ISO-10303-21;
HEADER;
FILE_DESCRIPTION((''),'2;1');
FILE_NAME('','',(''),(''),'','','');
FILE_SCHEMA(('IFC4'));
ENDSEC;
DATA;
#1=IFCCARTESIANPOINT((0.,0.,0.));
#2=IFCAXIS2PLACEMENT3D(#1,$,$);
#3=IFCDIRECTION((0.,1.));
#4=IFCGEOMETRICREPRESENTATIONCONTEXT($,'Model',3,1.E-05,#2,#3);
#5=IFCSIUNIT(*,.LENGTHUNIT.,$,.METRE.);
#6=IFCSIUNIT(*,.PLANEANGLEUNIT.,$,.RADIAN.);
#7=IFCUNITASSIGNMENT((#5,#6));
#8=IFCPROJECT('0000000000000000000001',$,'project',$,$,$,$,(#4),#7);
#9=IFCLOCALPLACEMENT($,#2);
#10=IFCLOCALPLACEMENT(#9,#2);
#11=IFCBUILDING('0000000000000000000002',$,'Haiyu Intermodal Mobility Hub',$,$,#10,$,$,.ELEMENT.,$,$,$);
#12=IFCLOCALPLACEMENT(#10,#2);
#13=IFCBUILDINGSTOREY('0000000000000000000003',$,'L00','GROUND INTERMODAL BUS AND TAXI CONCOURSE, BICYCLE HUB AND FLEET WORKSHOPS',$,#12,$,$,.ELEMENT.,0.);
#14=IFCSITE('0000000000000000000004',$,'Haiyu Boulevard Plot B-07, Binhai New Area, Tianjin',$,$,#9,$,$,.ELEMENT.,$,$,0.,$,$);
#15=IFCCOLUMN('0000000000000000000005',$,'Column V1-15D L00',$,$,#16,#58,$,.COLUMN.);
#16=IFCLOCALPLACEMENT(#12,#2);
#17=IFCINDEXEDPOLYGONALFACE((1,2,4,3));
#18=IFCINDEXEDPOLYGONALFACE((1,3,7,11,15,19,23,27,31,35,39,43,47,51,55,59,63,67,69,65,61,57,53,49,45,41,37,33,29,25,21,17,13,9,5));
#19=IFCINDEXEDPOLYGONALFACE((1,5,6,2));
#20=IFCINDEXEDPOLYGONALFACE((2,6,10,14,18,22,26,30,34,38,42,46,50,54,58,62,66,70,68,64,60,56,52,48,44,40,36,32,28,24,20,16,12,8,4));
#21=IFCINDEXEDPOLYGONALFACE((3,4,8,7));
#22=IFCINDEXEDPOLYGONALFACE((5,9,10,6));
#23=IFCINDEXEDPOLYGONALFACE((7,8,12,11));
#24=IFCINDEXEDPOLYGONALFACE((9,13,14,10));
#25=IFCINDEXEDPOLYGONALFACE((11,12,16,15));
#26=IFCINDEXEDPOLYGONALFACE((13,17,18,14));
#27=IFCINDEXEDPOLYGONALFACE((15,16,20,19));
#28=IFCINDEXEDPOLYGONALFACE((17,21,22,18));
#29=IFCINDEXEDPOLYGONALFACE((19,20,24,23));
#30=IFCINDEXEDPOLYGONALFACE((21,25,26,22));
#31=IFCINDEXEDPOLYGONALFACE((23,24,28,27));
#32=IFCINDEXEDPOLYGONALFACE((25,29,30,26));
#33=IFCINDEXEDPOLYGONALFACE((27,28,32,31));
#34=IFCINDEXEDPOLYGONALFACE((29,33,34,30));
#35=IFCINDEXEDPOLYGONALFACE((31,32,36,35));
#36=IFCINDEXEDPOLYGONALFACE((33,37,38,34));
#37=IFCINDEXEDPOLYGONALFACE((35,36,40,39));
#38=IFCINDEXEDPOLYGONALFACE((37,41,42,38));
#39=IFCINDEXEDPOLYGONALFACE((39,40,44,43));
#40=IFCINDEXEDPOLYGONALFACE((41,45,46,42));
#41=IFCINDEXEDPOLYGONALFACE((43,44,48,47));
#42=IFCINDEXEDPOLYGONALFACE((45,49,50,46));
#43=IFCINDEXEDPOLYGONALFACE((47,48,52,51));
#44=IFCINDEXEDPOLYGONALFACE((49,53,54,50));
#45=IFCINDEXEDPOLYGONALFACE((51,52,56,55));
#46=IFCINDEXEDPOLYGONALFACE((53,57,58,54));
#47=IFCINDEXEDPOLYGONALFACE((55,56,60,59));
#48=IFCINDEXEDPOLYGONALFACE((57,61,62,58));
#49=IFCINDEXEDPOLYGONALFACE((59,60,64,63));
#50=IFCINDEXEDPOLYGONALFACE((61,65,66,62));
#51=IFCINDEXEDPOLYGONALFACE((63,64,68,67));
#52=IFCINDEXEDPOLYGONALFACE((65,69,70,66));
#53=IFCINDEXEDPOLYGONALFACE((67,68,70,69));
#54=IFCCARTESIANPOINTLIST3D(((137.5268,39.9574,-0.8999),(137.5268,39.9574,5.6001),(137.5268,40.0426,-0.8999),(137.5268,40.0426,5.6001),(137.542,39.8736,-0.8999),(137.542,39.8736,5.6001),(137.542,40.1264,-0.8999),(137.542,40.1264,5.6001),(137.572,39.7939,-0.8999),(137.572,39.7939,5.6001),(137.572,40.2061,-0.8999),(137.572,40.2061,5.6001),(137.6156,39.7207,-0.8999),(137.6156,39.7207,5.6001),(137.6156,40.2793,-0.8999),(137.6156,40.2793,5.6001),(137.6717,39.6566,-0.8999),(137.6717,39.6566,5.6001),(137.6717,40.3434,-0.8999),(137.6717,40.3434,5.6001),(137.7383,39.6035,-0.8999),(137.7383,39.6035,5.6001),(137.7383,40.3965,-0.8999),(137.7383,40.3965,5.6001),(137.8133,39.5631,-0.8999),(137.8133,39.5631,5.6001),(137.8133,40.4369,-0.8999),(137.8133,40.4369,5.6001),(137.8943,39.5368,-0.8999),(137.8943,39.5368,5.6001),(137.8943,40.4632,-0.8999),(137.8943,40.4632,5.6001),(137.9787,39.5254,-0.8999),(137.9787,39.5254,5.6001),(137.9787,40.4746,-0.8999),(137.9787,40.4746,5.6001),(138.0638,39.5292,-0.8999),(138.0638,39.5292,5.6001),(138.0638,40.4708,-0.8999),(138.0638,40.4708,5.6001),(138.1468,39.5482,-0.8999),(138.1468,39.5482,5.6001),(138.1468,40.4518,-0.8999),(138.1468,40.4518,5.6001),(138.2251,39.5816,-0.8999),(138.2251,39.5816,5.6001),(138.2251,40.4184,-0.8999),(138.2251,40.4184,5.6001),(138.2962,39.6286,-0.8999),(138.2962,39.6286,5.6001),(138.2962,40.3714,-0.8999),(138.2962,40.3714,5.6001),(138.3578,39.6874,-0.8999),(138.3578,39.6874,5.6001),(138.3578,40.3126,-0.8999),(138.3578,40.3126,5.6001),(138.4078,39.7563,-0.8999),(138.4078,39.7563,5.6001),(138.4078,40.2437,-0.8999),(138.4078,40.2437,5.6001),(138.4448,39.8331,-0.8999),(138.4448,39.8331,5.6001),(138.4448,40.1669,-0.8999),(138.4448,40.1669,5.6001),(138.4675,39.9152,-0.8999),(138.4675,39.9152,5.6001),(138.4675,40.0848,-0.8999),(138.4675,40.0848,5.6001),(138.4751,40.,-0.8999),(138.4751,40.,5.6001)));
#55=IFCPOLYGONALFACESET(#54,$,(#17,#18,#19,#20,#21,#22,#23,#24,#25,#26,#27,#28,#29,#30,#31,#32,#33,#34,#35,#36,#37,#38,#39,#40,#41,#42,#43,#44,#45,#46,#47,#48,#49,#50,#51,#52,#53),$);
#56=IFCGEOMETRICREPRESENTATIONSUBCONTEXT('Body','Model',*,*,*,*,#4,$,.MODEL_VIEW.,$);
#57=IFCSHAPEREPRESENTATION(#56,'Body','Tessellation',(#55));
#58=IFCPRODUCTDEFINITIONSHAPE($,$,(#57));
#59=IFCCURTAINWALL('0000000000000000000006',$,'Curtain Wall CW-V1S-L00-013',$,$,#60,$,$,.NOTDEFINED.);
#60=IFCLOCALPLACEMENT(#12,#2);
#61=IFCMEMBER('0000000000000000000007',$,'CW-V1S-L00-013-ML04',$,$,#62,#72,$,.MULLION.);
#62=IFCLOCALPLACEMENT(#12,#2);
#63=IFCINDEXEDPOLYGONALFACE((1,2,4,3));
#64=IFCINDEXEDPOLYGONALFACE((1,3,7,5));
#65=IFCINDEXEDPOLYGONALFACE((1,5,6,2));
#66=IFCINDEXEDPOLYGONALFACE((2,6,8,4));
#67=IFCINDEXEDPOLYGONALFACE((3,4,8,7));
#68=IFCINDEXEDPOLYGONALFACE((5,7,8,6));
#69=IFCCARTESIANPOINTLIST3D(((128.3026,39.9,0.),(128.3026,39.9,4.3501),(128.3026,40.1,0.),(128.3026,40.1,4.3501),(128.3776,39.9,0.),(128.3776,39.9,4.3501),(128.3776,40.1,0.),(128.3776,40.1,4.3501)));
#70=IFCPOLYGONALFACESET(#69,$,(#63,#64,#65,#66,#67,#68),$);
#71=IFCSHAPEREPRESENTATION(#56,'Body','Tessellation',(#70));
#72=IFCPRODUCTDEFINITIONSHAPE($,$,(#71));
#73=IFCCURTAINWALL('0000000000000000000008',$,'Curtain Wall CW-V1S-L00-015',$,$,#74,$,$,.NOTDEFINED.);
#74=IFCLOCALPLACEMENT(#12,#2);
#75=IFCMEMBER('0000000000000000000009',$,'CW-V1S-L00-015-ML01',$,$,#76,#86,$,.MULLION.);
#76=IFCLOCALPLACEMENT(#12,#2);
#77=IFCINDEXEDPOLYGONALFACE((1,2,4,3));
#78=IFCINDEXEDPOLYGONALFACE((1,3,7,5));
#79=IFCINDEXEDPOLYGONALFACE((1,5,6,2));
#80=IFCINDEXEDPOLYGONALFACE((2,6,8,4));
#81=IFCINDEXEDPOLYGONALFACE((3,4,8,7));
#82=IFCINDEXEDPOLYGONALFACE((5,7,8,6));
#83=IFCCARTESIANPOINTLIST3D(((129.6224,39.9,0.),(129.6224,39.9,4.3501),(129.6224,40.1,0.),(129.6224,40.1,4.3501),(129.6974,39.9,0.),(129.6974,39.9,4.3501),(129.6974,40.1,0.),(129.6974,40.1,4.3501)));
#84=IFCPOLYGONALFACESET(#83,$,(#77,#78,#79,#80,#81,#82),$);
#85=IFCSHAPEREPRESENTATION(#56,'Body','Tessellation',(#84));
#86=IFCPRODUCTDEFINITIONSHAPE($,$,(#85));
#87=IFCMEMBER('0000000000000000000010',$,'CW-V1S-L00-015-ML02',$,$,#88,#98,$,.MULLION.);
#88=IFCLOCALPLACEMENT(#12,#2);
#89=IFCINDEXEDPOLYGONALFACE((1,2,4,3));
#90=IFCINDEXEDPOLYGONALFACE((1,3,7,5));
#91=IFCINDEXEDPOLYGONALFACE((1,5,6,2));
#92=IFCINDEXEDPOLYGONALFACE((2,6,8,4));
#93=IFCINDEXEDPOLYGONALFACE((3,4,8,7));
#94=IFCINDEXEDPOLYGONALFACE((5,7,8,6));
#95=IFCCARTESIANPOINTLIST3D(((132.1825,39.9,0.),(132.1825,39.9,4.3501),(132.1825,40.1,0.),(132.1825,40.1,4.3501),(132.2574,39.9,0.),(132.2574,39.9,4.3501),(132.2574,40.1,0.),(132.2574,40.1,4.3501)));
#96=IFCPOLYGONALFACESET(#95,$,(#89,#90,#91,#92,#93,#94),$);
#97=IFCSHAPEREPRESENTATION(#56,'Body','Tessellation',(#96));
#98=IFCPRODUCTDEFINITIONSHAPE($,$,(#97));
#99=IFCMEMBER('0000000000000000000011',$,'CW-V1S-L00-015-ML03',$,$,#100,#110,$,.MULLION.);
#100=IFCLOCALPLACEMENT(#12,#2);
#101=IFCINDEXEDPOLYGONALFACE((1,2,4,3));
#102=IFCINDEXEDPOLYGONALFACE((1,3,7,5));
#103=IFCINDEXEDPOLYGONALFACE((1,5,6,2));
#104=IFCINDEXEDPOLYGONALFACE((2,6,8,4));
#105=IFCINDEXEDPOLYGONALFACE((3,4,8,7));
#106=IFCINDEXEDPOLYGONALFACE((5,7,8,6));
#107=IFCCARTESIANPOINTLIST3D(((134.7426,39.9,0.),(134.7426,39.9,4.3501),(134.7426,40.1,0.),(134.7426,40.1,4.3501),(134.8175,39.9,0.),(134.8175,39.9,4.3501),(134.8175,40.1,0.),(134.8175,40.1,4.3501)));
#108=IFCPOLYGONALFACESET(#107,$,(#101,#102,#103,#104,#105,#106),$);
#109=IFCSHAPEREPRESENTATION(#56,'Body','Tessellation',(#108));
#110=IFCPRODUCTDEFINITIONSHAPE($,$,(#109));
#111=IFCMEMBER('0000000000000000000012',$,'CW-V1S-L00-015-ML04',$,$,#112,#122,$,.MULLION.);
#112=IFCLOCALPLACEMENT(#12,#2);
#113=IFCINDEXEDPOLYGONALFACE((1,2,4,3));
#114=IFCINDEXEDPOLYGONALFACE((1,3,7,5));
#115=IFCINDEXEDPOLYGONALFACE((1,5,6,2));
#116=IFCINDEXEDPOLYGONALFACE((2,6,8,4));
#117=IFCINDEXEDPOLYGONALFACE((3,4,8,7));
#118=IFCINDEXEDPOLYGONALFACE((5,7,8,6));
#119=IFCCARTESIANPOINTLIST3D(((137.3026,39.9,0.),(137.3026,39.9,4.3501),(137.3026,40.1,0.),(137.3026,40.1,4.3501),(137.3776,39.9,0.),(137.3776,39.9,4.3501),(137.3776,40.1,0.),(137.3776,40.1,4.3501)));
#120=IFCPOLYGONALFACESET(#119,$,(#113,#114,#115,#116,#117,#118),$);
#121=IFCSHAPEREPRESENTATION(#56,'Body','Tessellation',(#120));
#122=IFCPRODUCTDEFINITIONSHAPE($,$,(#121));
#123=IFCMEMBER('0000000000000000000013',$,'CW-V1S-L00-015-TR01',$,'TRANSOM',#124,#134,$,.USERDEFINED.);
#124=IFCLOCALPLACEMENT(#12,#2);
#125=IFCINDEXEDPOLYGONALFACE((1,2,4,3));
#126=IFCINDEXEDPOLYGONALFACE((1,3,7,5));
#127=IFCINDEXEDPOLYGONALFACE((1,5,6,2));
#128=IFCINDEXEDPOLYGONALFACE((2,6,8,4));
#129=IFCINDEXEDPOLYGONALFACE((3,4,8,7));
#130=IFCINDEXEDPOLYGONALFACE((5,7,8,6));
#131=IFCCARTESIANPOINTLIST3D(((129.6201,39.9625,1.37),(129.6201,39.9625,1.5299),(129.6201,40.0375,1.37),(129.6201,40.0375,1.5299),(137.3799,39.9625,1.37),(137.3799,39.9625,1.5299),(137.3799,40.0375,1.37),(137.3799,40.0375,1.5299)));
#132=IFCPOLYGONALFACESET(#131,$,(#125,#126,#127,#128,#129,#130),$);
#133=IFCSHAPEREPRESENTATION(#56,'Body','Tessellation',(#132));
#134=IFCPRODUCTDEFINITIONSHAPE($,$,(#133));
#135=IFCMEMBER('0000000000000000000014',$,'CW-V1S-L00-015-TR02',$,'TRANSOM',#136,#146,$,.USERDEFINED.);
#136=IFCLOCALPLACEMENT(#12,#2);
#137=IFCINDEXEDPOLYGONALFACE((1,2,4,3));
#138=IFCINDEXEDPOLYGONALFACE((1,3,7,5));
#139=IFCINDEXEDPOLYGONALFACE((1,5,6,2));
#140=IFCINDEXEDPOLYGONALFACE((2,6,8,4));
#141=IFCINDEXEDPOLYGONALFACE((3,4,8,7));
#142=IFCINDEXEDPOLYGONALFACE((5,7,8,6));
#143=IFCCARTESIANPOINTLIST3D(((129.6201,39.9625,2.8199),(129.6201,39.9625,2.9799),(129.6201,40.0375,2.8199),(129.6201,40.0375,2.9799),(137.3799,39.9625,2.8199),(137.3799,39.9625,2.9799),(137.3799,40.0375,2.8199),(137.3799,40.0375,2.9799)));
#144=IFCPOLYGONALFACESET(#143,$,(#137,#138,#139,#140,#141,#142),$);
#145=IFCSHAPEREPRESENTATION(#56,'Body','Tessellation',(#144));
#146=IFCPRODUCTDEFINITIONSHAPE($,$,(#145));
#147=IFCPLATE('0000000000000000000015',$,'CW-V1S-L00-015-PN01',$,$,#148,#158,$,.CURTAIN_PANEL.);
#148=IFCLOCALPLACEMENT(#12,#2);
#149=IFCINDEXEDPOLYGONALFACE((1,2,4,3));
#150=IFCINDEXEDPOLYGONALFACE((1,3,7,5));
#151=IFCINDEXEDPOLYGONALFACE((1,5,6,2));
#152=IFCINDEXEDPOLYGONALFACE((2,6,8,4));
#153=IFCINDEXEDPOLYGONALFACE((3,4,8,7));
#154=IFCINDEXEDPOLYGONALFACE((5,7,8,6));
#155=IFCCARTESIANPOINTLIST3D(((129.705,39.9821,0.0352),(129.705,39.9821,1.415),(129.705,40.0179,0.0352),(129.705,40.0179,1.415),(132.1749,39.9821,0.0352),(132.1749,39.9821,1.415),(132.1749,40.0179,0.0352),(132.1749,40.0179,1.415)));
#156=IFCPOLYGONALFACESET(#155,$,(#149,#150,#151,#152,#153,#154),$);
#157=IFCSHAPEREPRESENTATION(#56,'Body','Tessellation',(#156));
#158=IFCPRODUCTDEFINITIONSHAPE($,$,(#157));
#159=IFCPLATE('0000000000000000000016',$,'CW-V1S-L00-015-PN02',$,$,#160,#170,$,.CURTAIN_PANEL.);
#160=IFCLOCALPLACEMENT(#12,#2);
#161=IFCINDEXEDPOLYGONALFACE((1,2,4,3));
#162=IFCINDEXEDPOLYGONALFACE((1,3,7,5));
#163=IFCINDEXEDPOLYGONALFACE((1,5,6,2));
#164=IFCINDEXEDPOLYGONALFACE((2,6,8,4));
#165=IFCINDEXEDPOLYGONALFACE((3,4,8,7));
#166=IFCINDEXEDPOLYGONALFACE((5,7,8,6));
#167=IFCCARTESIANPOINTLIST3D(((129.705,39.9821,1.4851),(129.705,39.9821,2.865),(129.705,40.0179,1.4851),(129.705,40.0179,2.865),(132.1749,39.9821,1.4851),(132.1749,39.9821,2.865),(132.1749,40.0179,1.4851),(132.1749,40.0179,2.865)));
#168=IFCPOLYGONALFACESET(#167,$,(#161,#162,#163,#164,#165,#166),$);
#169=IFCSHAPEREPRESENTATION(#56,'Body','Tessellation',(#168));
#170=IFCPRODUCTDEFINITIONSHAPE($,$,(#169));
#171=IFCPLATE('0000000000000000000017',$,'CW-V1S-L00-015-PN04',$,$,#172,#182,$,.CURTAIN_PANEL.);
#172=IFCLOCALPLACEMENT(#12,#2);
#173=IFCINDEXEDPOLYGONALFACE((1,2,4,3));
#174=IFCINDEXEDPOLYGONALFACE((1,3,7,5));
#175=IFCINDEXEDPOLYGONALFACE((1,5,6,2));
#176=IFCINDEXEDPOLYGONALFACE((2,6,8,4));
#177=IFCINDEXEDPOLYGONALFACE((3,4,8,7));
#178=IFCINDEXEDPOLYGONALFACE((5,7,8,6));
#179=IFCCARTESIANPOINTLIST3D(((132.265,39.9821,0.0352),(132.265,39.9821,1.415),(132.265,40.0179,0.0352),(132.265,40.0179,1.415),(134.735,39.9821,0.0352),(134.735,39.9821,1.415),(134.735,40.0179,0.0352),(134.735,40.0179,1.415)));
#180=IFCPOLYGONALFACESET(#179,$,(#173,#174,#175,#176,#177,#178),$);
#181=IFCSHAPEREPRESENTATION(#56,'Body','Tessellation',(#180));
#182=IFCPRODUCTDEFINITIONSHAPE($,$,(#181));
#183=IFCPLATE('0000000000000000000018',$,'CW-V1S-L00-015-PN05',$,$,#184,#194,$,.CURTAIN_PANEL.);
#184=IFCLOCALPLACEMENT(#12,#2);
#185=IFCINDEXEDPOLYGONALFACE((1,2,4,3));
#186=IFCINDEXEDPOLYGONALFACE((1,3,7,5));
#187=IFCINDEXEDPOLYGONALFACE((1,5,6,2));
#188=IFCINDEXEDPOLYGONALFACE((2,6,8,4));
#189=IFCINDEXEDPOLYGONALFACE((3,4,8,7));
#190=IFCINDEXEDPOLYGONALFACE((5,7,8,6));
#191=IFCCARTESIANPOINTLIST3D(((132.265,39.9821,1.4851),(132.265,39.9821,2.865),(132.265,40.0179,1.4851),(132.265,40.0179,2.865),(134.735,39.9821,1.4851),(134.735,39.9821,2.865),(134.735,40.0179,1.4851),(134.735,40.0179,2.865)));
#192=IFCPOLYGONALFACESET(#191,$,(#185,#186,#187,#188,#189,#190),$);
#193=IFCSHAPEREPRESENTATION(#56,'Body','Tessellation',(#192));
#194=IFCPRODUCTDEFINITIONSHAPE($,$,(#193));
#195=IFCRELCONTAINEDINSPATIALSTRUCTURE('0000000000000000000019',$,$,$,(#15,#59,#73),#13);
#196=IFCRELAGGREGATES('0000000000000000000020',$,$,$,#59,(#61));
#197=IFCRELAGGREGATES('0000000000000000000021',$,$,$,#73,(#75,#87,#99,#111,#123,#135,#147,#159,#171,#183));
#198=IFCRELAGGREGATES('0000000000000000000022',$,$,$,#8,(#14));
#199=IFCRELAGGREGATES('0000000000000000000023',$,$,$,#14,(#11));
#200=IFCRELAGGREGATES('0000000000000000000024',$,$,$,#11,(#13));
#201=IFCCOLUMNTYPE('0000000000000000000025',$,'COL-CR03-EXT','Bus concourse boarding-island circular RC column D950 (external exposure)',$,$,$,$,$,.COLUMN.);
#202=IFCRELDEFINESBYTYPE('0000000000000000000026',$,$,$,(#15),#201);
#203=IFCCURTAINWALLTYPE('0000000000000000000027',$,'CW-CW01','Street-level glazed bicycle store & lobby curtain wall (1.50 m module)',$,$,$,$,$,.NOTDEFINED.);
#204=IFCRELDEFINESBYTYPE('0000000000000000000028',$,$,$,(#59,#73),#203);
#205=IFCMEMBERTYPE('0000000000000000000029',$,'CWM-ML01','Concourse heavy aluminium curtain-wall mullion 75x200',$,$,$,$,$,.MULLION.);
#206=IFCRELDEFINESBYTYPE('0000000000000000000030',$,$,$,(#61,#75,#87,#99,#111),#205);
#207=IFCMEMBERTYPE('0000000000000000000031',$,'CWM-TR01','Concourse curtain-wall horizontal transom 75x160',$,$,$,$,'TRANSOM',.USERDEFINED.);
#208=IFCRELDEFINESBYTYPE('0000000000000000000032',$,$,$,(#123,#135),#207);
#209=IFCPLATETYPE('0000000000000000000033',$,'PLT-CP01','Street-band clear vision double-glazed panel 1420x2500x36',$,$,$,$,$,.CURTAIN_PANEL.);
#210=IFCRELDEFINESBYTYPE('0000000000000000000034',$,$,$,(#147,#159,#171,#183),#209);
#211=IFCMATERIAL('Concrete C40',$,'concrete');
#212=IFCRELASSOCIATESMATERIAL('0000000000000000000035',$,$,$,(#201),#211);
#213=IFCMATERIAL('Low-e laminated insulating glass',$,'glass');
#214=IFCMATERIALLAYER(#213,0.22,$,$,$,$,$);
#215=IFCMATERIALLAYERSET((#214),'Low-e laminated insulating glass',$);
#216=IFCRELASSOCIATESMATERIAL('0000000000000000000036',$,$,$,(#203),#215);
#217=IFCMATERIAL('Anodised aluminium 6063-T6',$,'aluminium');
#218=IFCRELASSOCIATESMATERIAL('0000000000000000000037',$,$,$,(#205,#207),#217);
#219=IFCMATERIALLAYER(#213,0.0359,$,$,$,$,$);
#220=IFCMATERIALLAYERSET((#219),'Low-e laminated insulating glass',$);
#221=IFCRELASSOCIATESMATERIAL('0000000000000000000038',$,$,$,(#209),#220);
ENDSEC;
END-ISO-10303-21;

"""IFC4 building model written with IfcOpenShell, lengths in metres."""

from ifc_helpers import new_model, si_unit, direction, frame, origin, origin_2d, place, context, subcontext, project, spatial, rectangle, circle, extrude, material, layer, layer_set, material_profile, profile_set, type_object, element, aggregate, save


model = new_model("IFC4")

# Units and contexts
model_context = context("Model", 3, precision=1e-05, world=origin(), true_north=direction((0.0, 1.0)))
body_context = subcontext(model_context, "Body", "Model", "MODEL_VIEW")
ifc_project = project(units=[si_unit("LENGTHUNIT", "METRE"), si_unit("PLANEANGLEUNIT", "RADIAN")], contexts=[model_context])

# Site, building, storey
site_placement = place(None, origin())
site = spatial("IfcSite", under=ifc_project, at=site_placement, Name="Haiyu Boulevard Plot B-07, Binhai New Area, Tianjin", CompositionType="ELEMENT", RefElevation=0.0)
building_placement = place(site_placement, origin())
building = spatial("IfcBuilding", under=site, at=building_placement, Name="Haiyu Intermodal Mobility Hub", CompositionType="ELEMENT")
storey_placement = place(building_placement, origin())
storey = spatial("IfcBuildingStorey", under=building, at=storey_placement, Name="L00", Description="GROUND INTERMODAL BUS AND TAXI CONCOURSE, BICYCLE HUB AND FLEET WORKSHOPS", CompositionType="ELEMENT", Elevation=0.0)

# Shared definitions
ifc_material_1 = material(Name="Concrete C40", Category="concrete")

# Column
ifc_material_profile_1 = material_profile(ifc_material_1, circle(Radius=0.4751, at=origin_2d()), Name="RCCOL-D950")
ifc_profile_set_1 = profile_set([ifc_material_profile_1], Name="Concrete C40")
column_type = type_object("IfcColumnType", Name="COL-CR03-EXT", Description="Bus concourse boarding-island circular RC column D950 (external exposure)", PredefinedType="COLUMN", material=ifc_profile_set_1)
for number, where, z_axis, x_axis, name in (
    (1, (138.0, 40.0, -0.8999), (0.0, 0.0, 1.0), (1.0, 0.0, 0.0), "Column V1-15D L00"),
):
    element("IfcColumn", number, at=place(storey_placement, frame(where, z_axis=z_axis, x_axis=x_axis)), inside=storey, type_object=column_type, Name=name, PredefinedType="COLUMN", context=body_context, shape_type="SweptSolid", body=[
        extrude(circle(Radius=0.4751, at=origin_2d()), origin(), (0.0, 0.0, 1.0), 6.5),
    ])

# Curtain wall, member
ifc_material_2 = material(Name="Low-e laminated insulating glass", Category="glass")
ifc_layer_1 = layer(ifc_material_2, 0.22)
ifc_layer_set_1 = layer_set([ifc_layer_1], Name="Low-e laminated insulating glass")
curtain_wall_type = type_object("IfcCurtainWallType", Name="CW-CW01", Description="Street-level glazed bicycle store & lobby curtain wall (1.50 m module)", PredefinedType="NOTDEFINED", material=ifc_layer_set_1)
curtain_wall_1_placement = place(storey_placement, origin())
curtain_wall_1 = element("IfcCurtainWall", 2, at=curtain_wall_1_placement, inside=storey, type_object=curtain_wall_type, Name="Curtain Wall CW-V1S-L00-013", PredefinedType="NOTDEFINED")
ifc_material_3 = material(Name="Anodised aluminium 6063-T6", Category="aluminium")
ifc_material_profile_2 = material_profile(ifc_material_3, rectangle(XDim=0.075, YDim=0.2, at=origin_2d()), Name="ALU75x200")
ifc_profile_set_2 = profile_set([ifc_material_profile_2], Name="Anodised aluminium 6063-T6")
member_type_1 = type_object("IfcMemberType", Name="CWM-ML01", Description="Concourse heavy aluminium curtain-wall mullion 75x200", PredefinedType="MULLION", material=ifc_profile_set_2)
member_1_placement = place(storey_placement, frame((128.3401, 40.0, 0.0), z_axis=(0.0, 0.0, 1.0), x_axis=(1.0, 0.0, 0.0)))
member_1 = element("IfcMember", 3, at=member_1_placement, type_object=member_type_1, Name="CW-V1S-L00-013-ML04", PredefinedType="MULLION", context=body_context, shape_type="SweptSolid", body=[
    extrude(rectangle(XDim=0.075, YDim=0.2, at=origin_2d()), origin(), (0.0, 0.0, 1.0), 4.3501),
])
aggregate(curtain_wall_1, [member_1])

# Curtain wall, members, plates
curtain_wall_2_placement = place(storey_placement, origin())
curtain_wall_2 = element("IfcCurtainWall", 4, at=curtain_wall_2_placement, inside=storey, type_object=curtain_wall_type, Name="Curtain Wall CW-V1S-L00-015", PredefinedType="NOTDEFINED")
member_2_placement = place(storey_placement, frame((129.6599, 40.0, 0.0), z_axis=(0.0, 0.0, 1.0), x_axis=(1.0, 0.0, 0.0)))
member_2 = element("IfcMember", 5, at=member_2_placement, type_object=member_type_1, Name="CW-V1S-L00-015-ML01", PredefinedType="MULLION", context=body_context, shape_type="SweptSolid", body=[
    extrude(rectangle(XDim=0.075, YDim=0.2, at=origin_2d()), origin(), (0.0, 0.0, 1.0), 4.3501),
])
member_3_placement = place(storey_placement, frame((132.22, 40.0, 0.0), z_axis=(0.0, 0.0, 1.0), x_axis=(1.0, 0.0, 0.0)))
member_3 = element("IfcMember", 6, at=member_3_placement, type_object=member_type_1, Name="CW-V1S-L00-015-ML02", PredefinedType="MULLION", context=body_context, shape_type="SweptSolid", body=[
    extrude(rectangle(XDim=0.075, YDim=0.2, at=origin_2d()), origin(), (0.0, 0.0, 1.0), 4.3501),
])
member_4_placement = place(storey_placement, frame((134.78, 40.0, 0.0), z_axis=(0.0, 0.0, 1.0), x_axis=(1.0, 0.0, 0.0)))
member_4 = element("IfcMember", 7, at=member_4_placement, type_object=member_type_1, Name="CW-V1S-L00-015-ML03", PredefinedType="MULLION", context=body_context, shape_type="SweptSolid", body=[
    extrude(rectangle(XDim=0.075, YDim=0.2, at=origin_2d()), origin(), (0.0, 0.0, 1.0), 4.3501),
])
member_5_placement = place(storey_placement, frame((137.3401, 40.0, 0.0), z_axis=(0.0, 0.0, 1.0), x_axis=(1.0, 0.0, 0.0)))
member_5 = element("IfcMember", 8, at=member_5_placement, type_object=member_type_1, Name="CW-V1S-L00-015-ML04", PredefinedType="MULLION", context=body_context, shape_type="SweptSolid", body=[
    extrude(rectangle(XDim=0.075, YDim=0.2, at=origin_2d()), origin(), (0.0, 0.0, 1.0), 4.3501),
])
ifc_material_profile_3 = material_profile(ifc_material_3, rectangle(XDim=0.075, YDim=0.1599, at=origin_2d()), Name="ALU75x160")
ifc_profile_set_3 = profile_set([ifc_material_profile_3], Name="Anodised aluminium 6063-T6")
member_type_2 = type_object("IfcMemberType", Name="CWM-TR01", Description="Concourse curtain-wall horizontal transom 75x160", ElementType="TRANSOM", PredefinedType="USERDEFINED", material=ifc_profile_set_3)
member_6_placement = place(storey_placement, frame((129.6201, 40.0, 1.45), z_axis=(1.0, 0.0, 0.0), x_axis=(0.0, 1.0, 0.0)))
member_6 = element("IfcMember", 9, at=member_6_placement, type_object=member_type_2, Name="CW-V1S-L00-015-TR01", ObjectType="TRANSOM", PredefinedType="USERDEFINED", context=body_context, shape_type="SweptSolid", body=[
    extrude(rectangle(XDim=0.075, YDim=0.1599, at=origin_2d()), origin(), (0.0, 0.0, 1.0), 7.7598),
])
member_7_placement = place(storey_placement, frame((129.6201, 40.0, 2.8999), z_axis=(1.0, 0.0, 0.0), x_axis=(0.0, 1.0, 0.0)))
member_7 = element("IfcMember", 10, at=member_7_placement, type_object=member_type_2, Name="CW-V1S-L00-015-TR02", ObjectType="TRANSOM", PredefinedType="USERDEFINED", context=body_context, shape_type="SweptSolid", body=[
    extrude(rectangle(XDim=0.075, YDim=0.1599, at=origin_2d()), origin(), (0.0, 0.0, 1.0), 7.7598),
])
ifc_layer_2 = layer(ifc_material_2, 0.0359)
ifc_layer_set_2 = layer_set([ifc_layer_2], Name="Low-e laminated insulating glass")
plate_type_1 = type_object("IfcPlateType", Name="PLT-CP01", Description="Street-band clear vision double-glazed panel 1420x2500x36", PredefinedType="CURTAIN_PANEL", material=ifc_layer_set_2)
plate_1_placement = place(storey_placement, frame((130.9399, 40.0, 0.0352), z_axis=(0.0, 0.0, 1.0), x_axis=(1.0, 0.0, 0.0)))
plate_1 = element("IfcPlate", 11, at=plate_1_placement, type_object=plate_type_1, Name="CW-V1S-L00-015-PN01", PredefinedType="CURTAIN_PANEL", context=body_context, shape_type="SweptSolid", body=[
    extrude(rectangle(XDim=2.47, YDim=0.0359, at=origin_2d()), origin(), (0.0, 0.0, 1.0), 1.3799),
])
plate_2_placement = place(storey_placement, frame((130.9399, 40.0, 1.4851), z_axis=(0.0, 0.0, 1.0), x_axis=(1.0, 0.0, 0.0)))
plate_2 = element("IfcPlate", 12, at=plate_2_placement, type_object=plate_type_1, Name="CW-V1S-L00-015-PN02", PredefinedType="CURTAIN_PANEL", context=body_context, shape_type="SweptSolid", body=[
    extrude(rectangle(XDim=2.47, YDim=0.0359, at=origin_2d()), origin(), (0.0, 0.0, 1.0), 1.3799),
])
plate_3_placement = place(storey_placement, frame((133.5, 40.0, 0.0352), z_axis=(0.0, 0.0, 1.0), x_axis=(1.0, 0.0, 0.0)))
plate_3 = element("IfcPlate", 13, at=plate_3_placement, type_object=plate_type_1, Name="CW-V1S-L00-015-PN04", PredefinedType="CURTAIN_PANEL", context=body_context, shape_type="SweptSolid", body=[
    extrude(rectangle(XDim=2.47, YDim=0.0359, at=origin_2d()), origin(), (0.0, 0.0, 1.0), 1.3799),
])
plate_4_placement = place(storey_placement, frame((133.5, 40.0, 1.4851), z_axis=(0.0, 0.0, 1.0), x_axis=(1.0, 0.0, 0.0)))
plate_4 = element("IfcPlate", 14, at=plate_4_placement, type_object=plate_type_1, Name="CW-V1S-L00-015-PN05", PredefinedType="CURTAIN_PANEL", context=body_context, shape_type="SweptSolid", body=[
    extrude(rectangle(XDim=2.47, YDim=0.0359, at=origin_2d()), origin(), (0.0, 0.0, 1.0), 1.3799),
])
aggregate(curtain_wall_2, [member_2, member_3, member_4, member_5, member_6, member_7, plate_1, plate_2, plate_3, plate_4])

save(model, "model.ifc")
